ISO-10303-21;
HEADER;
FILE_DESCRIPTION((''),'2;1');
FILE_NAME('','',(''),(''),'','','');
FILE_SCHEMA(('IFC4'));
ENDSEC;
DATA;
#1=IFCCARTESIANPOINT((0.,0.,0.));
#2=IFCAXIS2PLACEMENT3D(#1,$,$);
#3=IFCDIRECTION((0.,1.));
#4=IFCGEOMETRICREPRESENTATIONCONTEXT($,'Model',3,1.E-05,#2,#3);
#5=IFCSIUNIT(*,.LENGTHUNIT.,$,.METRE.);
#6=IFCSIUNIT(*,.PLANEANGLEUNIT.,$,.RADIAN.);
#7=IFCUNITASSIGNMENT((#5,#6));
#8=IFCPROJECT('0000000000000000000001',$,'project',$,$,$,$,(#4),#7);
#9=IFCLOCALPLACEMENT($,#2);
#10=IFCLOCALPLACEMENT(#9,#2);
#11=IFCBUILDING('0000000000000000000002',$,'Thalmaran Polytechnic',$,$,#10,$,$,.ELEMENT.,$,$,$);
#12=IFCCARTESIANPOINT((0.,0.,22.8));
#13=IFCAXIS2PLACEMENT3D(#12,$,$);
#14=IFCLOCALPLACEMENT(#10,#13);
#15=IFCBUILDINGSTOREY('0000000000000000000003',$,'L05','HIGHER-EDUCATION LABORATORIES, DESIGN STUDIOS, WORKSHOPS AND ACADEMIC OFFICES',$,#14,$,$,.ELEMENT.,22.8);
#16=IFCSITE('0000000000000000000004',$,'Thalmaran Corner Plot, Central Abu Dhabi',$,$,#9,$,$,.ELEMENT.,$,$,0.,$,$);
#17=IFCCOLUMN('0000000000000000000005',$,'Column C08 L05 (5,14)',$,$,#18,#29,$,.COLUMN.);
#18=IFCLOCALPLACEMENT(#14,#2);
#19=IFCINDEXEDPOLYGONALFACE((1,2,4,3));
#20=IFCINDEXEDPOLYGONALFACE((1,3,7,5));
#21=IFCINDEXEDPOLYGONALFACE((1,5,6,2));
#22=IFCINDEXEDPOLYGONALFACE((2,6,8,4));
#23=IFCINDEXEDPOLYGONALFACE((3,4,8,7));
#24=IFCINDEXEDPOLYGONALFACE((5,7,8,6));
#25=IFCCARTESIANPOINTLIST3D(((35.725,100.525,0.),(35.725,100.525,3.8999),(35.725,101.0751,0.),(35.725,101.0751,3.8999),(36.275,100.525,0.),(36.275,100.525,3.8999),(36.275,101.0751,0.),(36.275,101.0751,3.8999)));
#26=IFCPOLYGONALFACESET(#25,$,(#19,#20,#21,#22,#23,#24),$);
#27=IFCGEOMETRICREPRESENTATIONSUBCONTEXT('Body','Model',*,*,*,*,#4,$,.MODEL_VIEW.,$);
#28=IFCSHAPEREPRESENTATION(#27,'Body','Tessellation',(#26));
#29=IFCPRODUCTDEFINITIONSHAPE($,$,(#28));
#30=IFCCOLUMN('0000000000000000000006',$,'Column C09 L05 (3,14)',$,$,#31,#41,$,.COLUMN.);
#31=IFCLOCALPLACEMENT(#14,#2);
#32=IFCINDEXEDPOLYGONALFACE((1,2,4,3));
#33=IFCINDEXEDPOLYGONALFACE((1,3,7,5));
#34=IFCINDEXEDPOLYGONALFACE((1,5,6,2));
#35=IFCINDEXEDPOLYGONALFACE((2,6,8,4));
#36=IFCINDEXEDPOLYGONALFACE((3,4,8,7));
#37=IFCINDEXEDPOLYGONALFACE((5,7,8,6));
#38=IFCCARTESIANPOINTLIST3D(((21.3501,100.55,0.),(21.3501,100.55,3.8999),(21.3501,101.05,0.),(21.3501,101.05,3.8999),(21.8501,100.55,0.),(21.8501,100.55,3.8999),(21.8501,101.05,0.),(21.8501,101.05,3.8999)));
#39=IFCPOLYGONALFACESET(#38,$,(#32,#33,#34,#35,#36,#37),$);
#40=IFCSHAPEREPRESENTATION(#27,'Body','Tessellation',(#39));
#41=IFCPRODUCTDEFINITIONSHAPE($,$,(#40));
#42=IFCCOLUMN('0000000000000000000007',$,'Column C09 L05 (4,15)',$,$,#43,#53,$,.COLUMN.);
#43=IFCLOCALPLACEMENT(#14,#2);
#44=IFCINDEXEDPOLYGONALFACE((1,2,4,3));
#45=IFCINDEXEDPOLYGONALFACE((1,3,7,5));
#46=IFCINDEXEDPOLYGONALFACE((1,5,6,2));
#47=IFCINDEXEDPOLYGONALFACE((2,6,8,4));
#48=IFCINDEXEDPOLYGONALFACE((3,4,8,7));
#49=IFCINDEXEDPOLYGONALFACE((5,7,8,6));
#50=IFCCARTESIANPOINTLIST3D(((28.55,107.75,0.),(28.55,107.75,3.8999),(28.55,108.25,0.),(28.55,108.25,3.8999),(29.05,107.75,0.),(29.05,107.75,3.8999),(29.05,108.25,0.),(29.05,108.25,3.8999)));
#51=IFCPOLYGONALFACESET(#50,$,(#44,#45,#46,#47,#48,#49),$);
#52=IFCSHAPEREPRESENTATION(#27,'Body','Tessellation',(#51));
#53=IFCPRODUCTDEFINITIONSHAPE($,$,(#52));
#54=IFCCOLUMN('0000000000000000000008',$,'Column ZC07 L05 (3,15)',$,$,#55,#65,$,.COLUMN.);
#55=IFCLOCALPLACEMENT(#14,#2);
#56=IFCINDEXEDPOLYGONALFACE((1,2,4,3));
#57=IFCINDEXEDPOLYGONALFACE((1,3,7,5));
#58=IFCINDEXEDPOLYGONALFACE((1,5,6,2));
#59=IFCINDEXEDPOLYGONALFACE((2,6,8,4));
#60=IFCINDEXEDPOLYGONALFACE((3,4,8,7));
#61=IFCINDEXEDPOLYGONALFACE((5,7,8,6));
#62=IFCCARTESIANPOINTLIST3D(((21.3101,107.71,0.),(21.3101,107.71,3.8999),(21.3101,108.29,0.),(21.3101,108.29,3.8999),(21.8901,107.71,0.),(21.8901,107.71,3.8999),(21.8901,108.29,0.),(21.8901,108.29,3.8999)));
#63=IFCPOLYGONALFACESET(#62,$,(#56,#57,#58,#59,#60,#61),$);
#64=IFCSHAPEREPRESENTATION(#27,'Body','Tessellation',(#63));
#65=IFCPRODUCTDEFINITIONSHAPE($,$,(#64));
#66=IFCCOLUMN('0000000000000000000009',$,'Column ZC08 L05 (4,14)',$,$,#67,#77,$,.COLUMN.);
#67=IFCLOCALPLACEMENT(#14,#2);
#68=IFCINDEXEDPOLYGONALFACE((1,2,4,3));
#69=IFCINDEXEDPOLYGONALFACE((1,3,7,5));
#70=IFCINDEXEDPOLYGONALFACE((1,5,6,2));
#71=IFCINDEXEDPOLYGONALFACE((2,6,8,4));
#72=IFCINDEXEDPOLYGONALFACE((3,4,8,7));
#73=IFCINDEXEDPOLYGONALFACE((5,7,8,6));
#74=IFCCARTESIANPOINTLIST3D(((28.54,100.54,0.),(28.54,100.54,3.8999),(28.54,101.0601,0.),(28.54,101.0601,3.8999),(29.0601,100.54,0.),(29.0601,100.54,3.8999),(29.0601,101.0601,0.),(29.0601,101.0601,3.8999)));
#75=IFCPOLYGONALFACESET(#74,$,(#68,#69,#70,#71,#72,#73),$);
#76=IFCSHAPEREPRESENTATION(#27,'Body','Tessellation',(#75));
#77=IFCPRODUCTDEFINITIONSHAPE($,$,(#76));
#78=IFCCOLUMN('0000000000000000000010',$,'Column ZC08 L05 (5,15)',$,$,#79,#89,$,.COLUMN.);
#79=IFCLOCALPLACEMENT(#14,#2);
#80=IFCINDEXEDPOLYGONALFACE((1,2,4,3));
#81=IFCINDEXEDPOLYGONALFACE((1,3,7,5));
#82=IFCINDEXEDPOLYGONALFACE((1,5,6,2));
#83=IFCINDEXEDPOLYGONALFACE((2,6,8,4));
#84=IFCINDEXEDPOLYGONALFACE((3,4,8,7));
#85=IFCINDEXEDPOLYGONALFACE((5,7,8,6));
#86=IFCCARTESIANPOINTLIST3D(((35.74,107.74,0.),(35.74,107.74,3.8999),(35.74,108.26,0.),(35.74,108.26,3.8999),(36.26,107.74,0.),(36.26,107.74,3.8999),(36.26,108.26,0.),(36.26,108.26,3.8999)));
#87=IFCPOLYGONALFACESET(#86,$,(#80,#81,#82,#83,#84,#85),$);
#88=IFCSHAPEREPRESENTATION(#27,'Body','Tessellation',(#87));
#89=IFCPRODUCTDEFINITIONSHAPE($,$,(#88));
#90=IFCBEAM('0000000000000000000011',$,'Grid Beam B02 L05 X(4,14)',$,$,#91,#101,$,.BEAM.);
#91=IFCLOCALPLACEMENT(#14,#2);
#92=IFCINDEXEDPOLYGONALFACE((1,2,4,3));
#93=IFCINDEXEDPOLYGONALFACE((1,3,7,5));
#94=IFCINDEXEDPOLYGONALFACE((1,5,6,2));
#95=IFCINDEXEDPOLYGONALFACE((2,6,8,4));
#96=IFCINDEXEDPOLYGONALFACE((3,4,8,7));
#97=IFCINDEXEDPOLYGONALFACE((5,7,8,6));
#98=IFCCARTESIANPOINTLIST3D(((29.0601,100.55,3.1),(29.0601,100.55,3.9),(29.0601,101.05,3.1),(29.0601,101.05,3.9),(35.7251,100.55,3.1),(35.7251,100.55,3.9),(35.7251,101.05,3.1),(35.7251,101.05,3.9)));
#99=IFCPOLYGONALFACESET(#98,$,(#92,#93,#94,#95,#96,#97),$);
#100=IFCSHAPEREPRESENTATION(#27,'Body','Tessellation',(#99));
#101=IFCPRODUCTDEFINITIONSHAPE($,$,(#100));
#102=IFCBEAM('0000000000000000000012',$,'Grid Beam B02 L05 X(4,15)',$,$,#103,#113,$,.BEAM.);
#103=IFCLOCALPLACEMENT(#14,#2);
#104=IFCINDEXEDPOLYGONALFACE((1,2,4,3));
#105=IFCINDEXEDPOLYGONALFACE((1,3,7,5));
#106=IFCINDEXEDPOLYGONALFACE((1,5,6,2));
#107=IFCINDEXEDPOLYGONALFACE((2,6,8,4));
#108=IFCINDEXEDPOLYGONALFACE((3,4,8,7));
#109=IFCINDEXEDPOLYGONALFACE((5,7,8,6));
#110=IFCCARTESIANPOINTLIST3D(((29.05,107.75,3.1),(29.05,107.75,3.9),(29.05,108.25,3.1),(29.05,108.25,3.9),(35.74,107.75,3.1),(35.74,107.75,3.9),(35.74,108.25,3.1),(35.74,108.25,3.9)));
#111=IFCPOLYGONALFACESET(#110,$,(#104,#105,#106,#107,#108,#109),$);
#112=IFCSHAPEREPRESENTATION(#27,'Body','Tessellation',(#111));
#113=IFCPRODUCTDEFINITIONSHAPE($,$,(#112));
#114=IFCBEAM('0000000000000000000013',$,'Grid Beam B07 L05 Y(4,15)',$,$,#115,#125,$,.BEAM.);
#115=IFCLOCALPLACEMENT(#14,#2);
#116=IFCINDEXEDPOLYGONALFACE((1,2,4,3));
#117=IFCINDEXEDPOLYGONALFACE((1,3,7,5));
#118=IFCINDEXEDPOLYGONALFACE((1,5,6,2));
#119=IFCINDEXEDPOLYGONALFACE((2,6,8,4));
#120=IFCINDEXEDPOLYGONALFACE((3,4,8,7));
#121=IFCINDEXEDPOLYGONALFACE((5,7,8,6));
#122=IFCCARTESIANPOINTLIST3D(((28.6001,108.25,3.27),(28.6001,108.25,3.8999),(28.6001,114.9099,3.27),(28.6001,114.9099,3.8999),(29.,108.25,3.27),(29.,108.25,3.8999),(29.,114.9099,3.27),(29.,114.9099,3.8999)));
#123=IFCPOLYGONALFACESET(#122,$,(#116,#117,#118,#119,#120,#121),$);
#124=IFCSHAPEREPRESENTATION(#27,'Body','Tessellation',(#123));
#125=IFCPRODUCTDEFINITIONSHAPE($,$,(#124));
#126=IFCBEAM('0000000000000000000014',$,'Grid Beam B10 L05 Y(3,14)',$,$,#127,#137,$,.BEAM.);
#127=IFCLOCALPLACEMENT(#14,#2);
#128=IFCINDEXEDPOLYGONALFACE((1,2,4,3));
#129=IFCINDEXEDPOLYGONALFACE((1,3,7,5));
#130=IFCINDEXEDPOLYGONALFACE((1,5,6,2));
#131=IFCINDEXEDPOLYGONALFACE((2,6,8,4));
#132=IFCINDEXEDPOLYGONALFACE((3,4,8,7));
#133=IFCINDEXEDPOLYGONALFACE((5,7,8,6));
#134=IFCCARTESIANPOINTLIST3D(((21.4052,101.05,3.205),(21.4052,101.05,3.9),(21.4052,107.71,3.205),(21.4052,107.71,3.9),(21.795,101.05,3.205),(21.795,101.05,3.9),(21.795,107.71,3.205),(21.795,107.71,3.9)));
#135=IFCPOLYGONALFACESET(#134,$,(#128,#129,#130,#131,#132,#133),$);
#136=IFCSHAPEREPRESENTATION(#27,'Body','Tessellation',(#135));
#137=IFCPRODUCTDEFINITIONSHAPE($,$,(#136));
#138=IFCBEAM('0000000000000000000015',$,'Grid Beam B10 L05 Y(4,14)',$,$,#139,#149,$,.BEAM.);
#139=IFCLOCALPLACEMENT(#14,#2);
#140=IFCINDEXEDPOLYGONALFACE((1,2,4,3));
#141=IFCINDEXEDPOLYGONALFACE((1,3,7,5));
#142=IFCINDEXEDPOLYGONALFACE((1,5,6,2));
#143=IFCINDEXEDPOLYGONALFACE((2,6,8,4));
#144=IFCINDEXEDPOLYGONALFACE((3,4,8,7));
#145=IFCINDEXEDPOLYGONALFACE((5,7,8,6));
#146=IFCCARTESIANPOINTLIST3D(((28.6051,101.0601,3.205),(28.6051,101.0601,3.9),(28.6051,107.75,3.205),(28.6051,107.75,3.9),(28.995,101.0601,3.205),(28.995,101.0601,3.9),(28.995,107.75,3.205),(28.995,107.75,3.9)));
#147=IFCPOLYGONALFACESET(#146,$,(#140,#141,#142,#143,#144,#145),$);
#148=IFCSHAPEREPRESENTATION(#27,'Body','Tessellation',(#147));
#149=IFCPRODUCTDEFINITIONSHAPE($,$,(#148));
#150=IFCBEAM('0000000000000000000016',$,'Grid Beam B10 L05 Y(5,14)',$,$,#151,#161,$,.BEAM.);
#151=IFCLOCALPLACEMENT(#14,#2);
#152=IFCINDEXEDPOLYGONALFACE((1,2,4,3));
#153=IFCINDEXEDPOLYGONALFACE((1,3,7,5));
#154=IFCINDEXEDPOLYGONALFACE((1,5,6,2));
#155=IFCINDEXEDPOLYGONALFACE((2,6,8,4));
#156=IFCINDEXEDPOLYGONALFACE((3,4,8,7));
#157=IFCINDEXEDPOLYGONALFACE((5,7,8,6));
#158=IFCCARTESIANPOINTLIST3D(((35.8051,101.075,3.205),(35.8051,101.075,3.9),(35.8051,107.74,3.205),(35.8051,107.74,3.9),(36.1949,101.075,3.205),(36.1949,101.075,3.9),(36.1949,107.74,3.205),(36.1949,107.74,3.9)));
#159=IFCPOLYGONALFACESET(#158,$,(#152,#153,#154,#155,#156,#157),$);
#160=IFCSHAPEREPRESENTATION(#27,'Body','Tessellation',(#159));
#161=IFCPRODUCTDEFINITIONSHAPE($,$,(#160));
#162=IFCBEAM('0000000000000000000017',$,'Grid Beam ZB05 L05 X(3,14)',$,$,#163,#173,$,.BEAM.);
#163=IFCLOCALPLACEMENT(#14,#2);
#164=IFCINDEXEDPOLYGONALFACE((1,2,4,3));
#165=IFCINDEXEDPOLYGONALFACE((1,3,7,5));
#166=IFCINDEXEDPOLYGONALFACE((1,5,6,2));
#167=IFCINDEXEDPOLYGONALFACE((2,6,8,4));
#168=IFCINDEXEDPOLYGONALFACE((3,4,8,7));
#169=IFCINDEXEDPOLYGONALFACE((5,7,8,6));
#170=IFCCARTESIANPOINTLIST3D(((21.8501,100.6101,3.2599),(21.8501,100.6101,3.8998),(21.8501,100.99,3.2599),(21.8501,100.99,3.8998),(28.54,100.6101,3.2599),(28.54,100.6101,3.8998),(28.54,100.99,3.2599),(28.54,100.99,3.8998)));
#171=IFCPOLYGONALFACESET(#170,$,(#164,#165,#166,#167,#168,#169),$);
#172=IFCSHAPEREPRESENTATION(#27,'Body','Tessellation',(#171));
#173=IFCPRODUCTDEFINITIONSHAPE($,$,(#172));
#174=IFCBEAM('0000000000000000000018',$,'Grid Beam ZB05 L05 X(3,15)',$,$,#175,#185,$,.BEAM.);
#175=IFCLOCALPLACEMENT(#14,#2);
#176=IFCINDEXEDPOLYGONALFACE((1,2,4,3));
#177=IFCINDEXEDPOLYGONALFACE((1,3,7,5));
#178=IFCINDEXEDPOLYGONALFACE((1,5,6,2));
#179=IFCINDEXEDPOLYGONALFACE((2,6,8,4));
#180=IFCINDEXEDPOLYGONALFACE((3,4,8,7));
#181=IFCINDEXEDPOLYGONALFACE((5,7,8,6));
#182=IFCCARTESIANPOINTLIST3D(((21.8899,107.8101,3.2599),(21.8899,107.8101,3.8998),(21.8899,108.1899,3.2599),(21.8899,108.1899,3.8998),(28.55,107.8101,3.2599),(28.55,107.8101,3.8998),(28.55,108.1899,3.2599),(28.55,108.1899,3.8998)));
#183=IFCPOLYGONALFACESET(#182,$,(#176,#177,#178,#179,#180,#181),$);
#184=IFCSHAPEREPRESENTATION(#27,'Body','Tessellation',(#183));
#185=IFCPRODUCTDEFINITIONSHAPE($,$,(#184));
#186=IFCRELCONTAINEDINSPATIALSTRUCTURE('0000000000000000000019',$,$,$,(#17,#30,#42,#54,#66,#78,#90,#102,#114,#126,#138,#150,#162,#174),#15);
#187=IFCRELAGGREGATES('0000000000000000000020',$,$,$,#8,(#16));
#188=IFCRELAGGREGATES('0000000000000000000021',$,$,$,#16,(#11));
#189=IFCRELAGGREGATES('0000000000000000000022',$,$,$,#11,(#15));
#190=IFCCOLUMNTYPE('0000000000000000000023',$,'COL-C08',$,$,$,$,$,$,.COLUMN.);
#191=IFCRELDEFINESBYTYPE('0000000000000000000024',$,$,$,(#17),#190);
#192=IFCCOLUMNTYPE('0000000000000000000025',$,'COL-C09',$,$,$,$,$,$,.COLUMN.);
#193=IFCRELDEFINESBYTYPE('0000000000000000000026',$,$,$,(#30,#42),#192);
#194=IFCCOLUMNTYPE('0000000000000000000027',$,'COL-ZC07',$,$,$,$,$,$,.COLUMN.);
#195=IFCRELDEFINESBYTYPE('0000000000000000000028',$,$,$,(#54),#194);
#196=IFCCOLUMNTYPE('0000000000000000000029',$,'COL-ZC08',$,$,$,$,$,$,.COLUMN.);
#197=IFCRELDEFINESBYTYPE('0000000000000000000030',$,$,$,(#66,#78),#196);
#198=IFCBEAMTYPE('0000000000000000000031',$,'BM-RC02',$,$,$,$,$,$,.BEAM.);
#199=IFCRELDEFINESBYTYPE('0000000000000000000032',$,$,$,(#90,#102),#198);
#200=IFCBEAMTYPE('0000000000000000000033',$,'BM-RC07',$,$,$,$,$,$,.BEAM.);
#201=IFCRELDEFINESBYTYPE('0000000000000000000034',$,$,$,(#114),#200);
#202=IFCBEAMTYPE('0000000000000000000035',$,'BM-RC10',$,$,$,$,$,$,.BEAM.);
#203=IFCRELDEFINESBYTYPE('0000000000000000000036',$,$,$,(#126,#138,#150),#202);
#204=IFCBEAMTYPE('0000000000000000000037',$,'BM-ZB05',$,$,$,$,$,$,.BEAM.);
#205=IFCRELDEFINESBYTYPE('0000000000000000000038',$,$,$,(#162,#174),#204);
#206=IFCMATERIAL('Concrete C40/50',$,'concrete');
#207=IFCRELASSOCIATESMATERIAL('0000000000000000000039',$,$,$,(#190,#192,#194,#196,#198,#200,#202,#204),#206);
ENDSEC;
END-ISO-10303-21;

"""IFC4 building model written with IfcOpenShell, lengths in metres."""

from ifc_helpers import new_model, si_unit, direction, frame, origin, origin_2d, place, context, subcontext, project, spatial, rectangle, extrude, material, material_profile, profile_set, type_object, element, save


model = new_model("IFC4")

# Units and contexts
model_context = context("Model", 3, precision=1e-05, world=origin(), true_north=direction((0.0, 1.0)))
body_context = subcontext(model_context, "Body", "Model", "MODEL_VIEW")
ifc_project = project(units=[si_unit("LENGTHUNIT", "METRE"), si_unit("PLANEANGLEUNIT", "RADIAN")], contexts=[model_context])

# Site, building, storey
site_placement = place(None, origin())
site = spatial("IfcSite", under=ifc_project, at=site_placement, Name="Thalmaran Corner Plot, Central Abu Dhabi", CompositionType="ELEMENT", RefElevation=0.0)
building_placement = place(site_placement, origin())
building = spatial("IfcBuilding", under=site, at=building_placement, Name="Thalmaran Polytechnic", CompositionType="ELEMENT")
storey_placement = place(building_placement, frame((0.0, 0.0, 22.8)))
storey = spatial("IfcBuildingStorey", under=building, at=storey_placement, Name="L05", Description="HIGHER-EDUCATION LABORATORIES, DESIGN STUDIOS, WORKSHOPS AND ACADEMIC OFFICES", CompositionType="ELEMENT", Elevation=22.8)

# Columns
ifc_material_1 = material(Name="Concrete C40/50", Category="concrete")
ifc_material_profile_1 = material_profile(ifc_material_1, rectangle(XDim=0.55, YDim=0.55, at=origin_2d()), Name="RC 550x550")
ifc_profile_set_1 = profile_set([ifc_material_profile_1], Name="Concrete C40/50")
column_type_1 = type_object("IfcColumnType", Name="COL-C08", PredefinedType="COLUMN", material=ifc_profile_set_1)
column_1_placement = place(storey_placement, frame((36.0, 100.8, 0.0), z_axis=(0.0, 0.0, 1.0), x_axis=(1.0, 0.0, 0.0)))
element("IfcColumn", 1, at=column_1_placement, inside=storey, type_object=column_type_1, Name="Column C08 L05 (5,14)", PredefinedType="COLUMN", context=body_context, shape_type="SweptSolid", body=[
    extrude(rectangle(XDim=0.55, YDim=0.55, at=origin_2d()), origin(), (0.0, 0.0, 1.0), 3.8999),
])
ifc_material_profile_2 = material_profile(ifc_material_1, rectangle(XDim=0.5, YDim=0.5, at=origin_2d()), Name="RC 500x500")
ifc_profile_set_2 = profile_set([ifc_material_profile_2], Name="Concrete C40/50")
column_type_2 = type_object("IfcColumnType", Name="COL-C09", PredefinedType="COLUMN", material=ifc_profile_set_2)
for number, where, z_axis, x_axis, name in (
    (2, (21.6001, 100.8, 0.0), (0.0, 0.0, 1.0), (1.0, 0.0, 0.0), "Column C09 L05 (3,14)"),
    (3, (28.8, 108.0, 0.0), (0.0, 0.0, 1.0), (1.0, 0.0, 0.0), "Column C09 L05 (4,15)"),
):
    element("IfcColumn", number, at=place(storey_placement, frame(where, z_axis=z_axis, x_axis=x_axis)), inside=storey, type_object=column_type_2, Name=name, PredefinedType="COLUMN", context=body_context, shape_type="SweptSolid", body=[
        extrude(rectangle(XDim=0.5, YDim=0.5, at=origin_2d()), origin(), (0.0, 0.0, 1.0), 3.8999),
    ])
ifc_material_profile_3 = material_profile(ifc_material_1, rectangle(XDim=0.5801, YDim=0.5801, at=origin_2d()), Name="RC 580x580")
ifc_profile_set_3 = profile_set([ifc_material_profile_3], Name="Concrete C40/50")
column_type_3 = type_object("IfcColumnType", Name="COL-ZC07", PredefinedType="COLUMN", material=ifc_profile_set_3)
column_2_placement = place(storey_placement, frame((21.6001, 108.0, 0.0), z_axis=(0.0, 0.0, 1.0), x_axis=(1.0, 0.0, 0.0)))
element("IfcColumn", 4, at=column_2_placement, inside=storey, type_object=column_type_3, Name="Column ZC07 L05 (3,15)", PredefinedType="COLUMN", context=body_context, shape_type="SweptSolid", body=[
    extrude(rectangle(XDim=0.5801, YDim=0.5801, at=origin_2d()), origin(), (0.0, 0.0, 1.0), 3.8999),
])
ifc_material_profile_4 = material_profile(ifc_material_1, rectangle(XDim=0.52, YDim=0.52, at=origin_2d()), Name="RC 520x520")
ifc_profile_set_4 = profile_set([ifc_material_profile_4], Name="Concrete C40/50")
column_type_4 = type_object("IfcColumnType", Name="COL-ZC08", PredefinedType="COLUMN", material=ifc_profile_set_4)
for number, where, z_axis, x_axis, name in (
    (5, (28.8, 100.8, 0.0), (0.0, 0.0, 1.0), (1.0, 0.0, 0.0), "Column ZC08 L05 (4,14)"),
    (6, (36.0, 108.0, 0.0), (0.0, 0.0, 1.0), (1.0, 0.0, 0.0), "Column ZC08 L05 (5,15)"),
):
    element("IfcColumn", number, at=place(storey_placement, frame(where, z_axis=z_axis, x_axis=x_axis)), inside=storey, type_object=column_type_4, Name=name, PredefinedType="COLUMN", context=body_context, shape_type="SweptSolid", body=[
        extrude(rectangle(XDim=0.52, YDim=0.52, at=origin_2d()), origin(), (0.0, 0.0, 1.0), 3.8999),
    ])

# Beams
ifc_material_profile_5 = material_profile(ifc_material_1, rectangle(XDim=0.5, YDim=0.8, at=origin_2d()), Name="RC 500x800")
ifc_profile_set_5 = profile_set([ifc_material_profile_5], Name="Concrete C40/50")
beam_type_1 = type_object("IfcBeamType", Name="BM-RC02", PredefinedType="BEAM", material=ifc_profile_set_5)
beam_1_placement = place(storey_placement, frame((29.0601, 100.8, 3.5), z_axis=(1.0, 0.0, 0.0), x_axis=(0.0, 1.0, 0.0)))
element("IfcBeam", 7, at=beam_1_placement, inside=storey, type_object=beam_type_1, Name="Grid Beam B02 L05 X(4,14)", PredefinedType="BEAM", context=body_context, shape_type="SweptSolid", body=[
    extrude(rectangle(XDim=0.5, YDim=0.8, at=origin_2d()), origin(), (0.0, 0.0, 1.0), 6.665),
])
beam_2_placement = place(storey_placement, frame((29.05, 108.0, 3.5), z_axis=(1.0, 0.0, 0.0), x_axis=(0.0, 1.0, 0.0)))
element("IfcBeam", 8, at=beam_2_placement, inside=storey, type_object=beam_type_1, Name="Grid Beam B02 L05 X(4,15)", PredefinedType="BEAM", context=body_context, shape_type="SweptSolid", body=[
    extrude(rectangle(XDim=0.5, YDim=0.8, at=origin_2d()), origin(), (0.0, 0.0, 1.0), 6.6899),
])
ifc_material_profile_6 = material_profile(ifc_material_1, rectangle(XDim=0.3999, YDim=0.6299, at=origin_2d()), Name="RC 400x630")
ifc_profile_set_6 = profile_set([ifc_material_profile_6], Name="Concrete C40/50")
beam_type_2 = type_object("IfcBeamType", Name="BM-RC07", PredefinedType="BEAM", material=ifc_profile_set_6)
beam_3_placement = place(storey_placement, frame((28.8, 108.25, 3.585), z_axis=(0.0, 1.0, 0.0), x_axis=(-1.0, 0.0, 0.0)))
element("IfcBeam", 9, at=beam_3_placement, inside=storey, type_object=beam_type_2, Name="Grid Beam B07 L05 Y(4,15)", PredefinedType="BEAM", context=body_context, shape_type="SweptSolid", body=[
    extrude(rectangle(XDim=0.3999, YDim=0.6299, at=origin_2d()), origin(), (0.0, 0.0, 1.0), 6.6599),
])
ifc_material_profile_7 = material_profile(ifc_material_1, rectangle(XDim=0.3899, YDim=0.6951, at=origin_2d()), Name="RC 390x695")
ifc_profile_set_7 = profile_set([ifc_material_profile_7], Name="Concrete C40/50")
beam_type_3 = type_object("IfcBeamType", Name="BM-RC10", PredefinedType="BEAM", material=ifc_profile_set_7)
beam_4_placement = place(storey_placement, frame((21.6001, 101.05, 3.5525), z_axis=(0.0, 1.0, 0.0), x_axis=(-1.0, 0.0, 0.0)))
element("IfcBeam", 10, at=beam_4_placement, inside=storey, type_object=beam_type_3, Name="Grid Beam B10 L05 Y(3,14)", PredefinedType="BEAM", context=body_context, shape_type="SweptSolid", body=[
    extrude(rectangle(XDim=0.3899, YDim=0.6951, at=origin_2d()), origin(), (0.0, 0.0, 1.0), 6.6599),
])
beam_5_placement = place(storey_placement, frame((28.8, 101.0601, 3.5525), z_axis=(0.0, 1.0, 0.0), x_axis=(-1.0, 0.0, 0.0)))
element("IfcBeam", 11, at=beam_5_placement, inside=storey, type_object=beam_type_3, Name="Grid Beam B10 L05 Y(4,14)", PredefinedType="BEAM", context=body_context, shape_type="SweptSolid", body=[
    extrude(rectangle(XDim=0.3899, YDim=0.6951, at=origin_2d()), origin(), (0.0, 0.0, 1.0), 6.6899),
])
beam_6_placement = place(storey_placement, frame((36.0, 101.075, 3.5525), z_axis=(0.0, 1.0, 0.0), x_axis=(-1.0, 0.0, 0.0)))
element("IfcBeam", 12, at=beam_6_placement, inside=storey, type_object=beam_type_3, Name="Grid Beam B10 L05 Y(5,14)", PredefinedType="BEAM", context=body_context, shape_type="SweptSolid", body=[
    extrude(rectangle(XDim=0.3899, YDim=0.6951, at=origin_2d()), origin(), (0.0, 0.0, 1.0), 6.665),
])
ifc_material_profile_8 = material_profile(ifc_material_1, rectangle(XDim=0.3799, YDim=0.6399, at=origin_2d()), Name="RC 380x640")
ifc_profile_set_8 = profile_set([ifc_material_profile_8], Name="Concrete C40/50")
beam_type_4 = type_object("IfcBeamType", Name="BM-ZB05", PredefinedType="BEAM", material=ifc_profile_set_8)
beam_7_placement = place(storey_placement, frame((21.8501, 100.8, 3.5798), z_axis=(1.0, 0.0, 0.0), x_axis=(0.0, 1.0, 0.0)))
element("IfcBeam", 13, at=beam_7_placement, inside=storey, type_object=beam_type_4, Name="Grid Beam ZB05 L05 X(3,14)", PredefinedType="BEAM", context=body_context, shape_type="SweptSolid", body=[
    extrude(rectangle(XDim=0.3799, YDim=0.6399, at=origin_2d()), origin(), (0.0, 0.0, 1.0), 6.6899),
])
beam_8_placement = place(storey_placement, frame((21.8899, 108.0, 3.5798), z_axis=(1.0, 0.0, 0.0), x_axis=(0.0, 1.0, 0.0)))
element("IfcBeam", 14, at=beam_8_placement, inside=storey, type_object=beam_type_4, Name="Grid Beam ZB05 L05 X(3,15)", PredefinedType="BEAM", context=body_context, shape_type="SweptSolid", body=[
    extrude(rectangle(XDim=0.3799, YDim=0.6399, at=origin_2d()), origin(), (0.0, 0.0, 1.0), 6.6602),
])

save(model, "model.ifc")
